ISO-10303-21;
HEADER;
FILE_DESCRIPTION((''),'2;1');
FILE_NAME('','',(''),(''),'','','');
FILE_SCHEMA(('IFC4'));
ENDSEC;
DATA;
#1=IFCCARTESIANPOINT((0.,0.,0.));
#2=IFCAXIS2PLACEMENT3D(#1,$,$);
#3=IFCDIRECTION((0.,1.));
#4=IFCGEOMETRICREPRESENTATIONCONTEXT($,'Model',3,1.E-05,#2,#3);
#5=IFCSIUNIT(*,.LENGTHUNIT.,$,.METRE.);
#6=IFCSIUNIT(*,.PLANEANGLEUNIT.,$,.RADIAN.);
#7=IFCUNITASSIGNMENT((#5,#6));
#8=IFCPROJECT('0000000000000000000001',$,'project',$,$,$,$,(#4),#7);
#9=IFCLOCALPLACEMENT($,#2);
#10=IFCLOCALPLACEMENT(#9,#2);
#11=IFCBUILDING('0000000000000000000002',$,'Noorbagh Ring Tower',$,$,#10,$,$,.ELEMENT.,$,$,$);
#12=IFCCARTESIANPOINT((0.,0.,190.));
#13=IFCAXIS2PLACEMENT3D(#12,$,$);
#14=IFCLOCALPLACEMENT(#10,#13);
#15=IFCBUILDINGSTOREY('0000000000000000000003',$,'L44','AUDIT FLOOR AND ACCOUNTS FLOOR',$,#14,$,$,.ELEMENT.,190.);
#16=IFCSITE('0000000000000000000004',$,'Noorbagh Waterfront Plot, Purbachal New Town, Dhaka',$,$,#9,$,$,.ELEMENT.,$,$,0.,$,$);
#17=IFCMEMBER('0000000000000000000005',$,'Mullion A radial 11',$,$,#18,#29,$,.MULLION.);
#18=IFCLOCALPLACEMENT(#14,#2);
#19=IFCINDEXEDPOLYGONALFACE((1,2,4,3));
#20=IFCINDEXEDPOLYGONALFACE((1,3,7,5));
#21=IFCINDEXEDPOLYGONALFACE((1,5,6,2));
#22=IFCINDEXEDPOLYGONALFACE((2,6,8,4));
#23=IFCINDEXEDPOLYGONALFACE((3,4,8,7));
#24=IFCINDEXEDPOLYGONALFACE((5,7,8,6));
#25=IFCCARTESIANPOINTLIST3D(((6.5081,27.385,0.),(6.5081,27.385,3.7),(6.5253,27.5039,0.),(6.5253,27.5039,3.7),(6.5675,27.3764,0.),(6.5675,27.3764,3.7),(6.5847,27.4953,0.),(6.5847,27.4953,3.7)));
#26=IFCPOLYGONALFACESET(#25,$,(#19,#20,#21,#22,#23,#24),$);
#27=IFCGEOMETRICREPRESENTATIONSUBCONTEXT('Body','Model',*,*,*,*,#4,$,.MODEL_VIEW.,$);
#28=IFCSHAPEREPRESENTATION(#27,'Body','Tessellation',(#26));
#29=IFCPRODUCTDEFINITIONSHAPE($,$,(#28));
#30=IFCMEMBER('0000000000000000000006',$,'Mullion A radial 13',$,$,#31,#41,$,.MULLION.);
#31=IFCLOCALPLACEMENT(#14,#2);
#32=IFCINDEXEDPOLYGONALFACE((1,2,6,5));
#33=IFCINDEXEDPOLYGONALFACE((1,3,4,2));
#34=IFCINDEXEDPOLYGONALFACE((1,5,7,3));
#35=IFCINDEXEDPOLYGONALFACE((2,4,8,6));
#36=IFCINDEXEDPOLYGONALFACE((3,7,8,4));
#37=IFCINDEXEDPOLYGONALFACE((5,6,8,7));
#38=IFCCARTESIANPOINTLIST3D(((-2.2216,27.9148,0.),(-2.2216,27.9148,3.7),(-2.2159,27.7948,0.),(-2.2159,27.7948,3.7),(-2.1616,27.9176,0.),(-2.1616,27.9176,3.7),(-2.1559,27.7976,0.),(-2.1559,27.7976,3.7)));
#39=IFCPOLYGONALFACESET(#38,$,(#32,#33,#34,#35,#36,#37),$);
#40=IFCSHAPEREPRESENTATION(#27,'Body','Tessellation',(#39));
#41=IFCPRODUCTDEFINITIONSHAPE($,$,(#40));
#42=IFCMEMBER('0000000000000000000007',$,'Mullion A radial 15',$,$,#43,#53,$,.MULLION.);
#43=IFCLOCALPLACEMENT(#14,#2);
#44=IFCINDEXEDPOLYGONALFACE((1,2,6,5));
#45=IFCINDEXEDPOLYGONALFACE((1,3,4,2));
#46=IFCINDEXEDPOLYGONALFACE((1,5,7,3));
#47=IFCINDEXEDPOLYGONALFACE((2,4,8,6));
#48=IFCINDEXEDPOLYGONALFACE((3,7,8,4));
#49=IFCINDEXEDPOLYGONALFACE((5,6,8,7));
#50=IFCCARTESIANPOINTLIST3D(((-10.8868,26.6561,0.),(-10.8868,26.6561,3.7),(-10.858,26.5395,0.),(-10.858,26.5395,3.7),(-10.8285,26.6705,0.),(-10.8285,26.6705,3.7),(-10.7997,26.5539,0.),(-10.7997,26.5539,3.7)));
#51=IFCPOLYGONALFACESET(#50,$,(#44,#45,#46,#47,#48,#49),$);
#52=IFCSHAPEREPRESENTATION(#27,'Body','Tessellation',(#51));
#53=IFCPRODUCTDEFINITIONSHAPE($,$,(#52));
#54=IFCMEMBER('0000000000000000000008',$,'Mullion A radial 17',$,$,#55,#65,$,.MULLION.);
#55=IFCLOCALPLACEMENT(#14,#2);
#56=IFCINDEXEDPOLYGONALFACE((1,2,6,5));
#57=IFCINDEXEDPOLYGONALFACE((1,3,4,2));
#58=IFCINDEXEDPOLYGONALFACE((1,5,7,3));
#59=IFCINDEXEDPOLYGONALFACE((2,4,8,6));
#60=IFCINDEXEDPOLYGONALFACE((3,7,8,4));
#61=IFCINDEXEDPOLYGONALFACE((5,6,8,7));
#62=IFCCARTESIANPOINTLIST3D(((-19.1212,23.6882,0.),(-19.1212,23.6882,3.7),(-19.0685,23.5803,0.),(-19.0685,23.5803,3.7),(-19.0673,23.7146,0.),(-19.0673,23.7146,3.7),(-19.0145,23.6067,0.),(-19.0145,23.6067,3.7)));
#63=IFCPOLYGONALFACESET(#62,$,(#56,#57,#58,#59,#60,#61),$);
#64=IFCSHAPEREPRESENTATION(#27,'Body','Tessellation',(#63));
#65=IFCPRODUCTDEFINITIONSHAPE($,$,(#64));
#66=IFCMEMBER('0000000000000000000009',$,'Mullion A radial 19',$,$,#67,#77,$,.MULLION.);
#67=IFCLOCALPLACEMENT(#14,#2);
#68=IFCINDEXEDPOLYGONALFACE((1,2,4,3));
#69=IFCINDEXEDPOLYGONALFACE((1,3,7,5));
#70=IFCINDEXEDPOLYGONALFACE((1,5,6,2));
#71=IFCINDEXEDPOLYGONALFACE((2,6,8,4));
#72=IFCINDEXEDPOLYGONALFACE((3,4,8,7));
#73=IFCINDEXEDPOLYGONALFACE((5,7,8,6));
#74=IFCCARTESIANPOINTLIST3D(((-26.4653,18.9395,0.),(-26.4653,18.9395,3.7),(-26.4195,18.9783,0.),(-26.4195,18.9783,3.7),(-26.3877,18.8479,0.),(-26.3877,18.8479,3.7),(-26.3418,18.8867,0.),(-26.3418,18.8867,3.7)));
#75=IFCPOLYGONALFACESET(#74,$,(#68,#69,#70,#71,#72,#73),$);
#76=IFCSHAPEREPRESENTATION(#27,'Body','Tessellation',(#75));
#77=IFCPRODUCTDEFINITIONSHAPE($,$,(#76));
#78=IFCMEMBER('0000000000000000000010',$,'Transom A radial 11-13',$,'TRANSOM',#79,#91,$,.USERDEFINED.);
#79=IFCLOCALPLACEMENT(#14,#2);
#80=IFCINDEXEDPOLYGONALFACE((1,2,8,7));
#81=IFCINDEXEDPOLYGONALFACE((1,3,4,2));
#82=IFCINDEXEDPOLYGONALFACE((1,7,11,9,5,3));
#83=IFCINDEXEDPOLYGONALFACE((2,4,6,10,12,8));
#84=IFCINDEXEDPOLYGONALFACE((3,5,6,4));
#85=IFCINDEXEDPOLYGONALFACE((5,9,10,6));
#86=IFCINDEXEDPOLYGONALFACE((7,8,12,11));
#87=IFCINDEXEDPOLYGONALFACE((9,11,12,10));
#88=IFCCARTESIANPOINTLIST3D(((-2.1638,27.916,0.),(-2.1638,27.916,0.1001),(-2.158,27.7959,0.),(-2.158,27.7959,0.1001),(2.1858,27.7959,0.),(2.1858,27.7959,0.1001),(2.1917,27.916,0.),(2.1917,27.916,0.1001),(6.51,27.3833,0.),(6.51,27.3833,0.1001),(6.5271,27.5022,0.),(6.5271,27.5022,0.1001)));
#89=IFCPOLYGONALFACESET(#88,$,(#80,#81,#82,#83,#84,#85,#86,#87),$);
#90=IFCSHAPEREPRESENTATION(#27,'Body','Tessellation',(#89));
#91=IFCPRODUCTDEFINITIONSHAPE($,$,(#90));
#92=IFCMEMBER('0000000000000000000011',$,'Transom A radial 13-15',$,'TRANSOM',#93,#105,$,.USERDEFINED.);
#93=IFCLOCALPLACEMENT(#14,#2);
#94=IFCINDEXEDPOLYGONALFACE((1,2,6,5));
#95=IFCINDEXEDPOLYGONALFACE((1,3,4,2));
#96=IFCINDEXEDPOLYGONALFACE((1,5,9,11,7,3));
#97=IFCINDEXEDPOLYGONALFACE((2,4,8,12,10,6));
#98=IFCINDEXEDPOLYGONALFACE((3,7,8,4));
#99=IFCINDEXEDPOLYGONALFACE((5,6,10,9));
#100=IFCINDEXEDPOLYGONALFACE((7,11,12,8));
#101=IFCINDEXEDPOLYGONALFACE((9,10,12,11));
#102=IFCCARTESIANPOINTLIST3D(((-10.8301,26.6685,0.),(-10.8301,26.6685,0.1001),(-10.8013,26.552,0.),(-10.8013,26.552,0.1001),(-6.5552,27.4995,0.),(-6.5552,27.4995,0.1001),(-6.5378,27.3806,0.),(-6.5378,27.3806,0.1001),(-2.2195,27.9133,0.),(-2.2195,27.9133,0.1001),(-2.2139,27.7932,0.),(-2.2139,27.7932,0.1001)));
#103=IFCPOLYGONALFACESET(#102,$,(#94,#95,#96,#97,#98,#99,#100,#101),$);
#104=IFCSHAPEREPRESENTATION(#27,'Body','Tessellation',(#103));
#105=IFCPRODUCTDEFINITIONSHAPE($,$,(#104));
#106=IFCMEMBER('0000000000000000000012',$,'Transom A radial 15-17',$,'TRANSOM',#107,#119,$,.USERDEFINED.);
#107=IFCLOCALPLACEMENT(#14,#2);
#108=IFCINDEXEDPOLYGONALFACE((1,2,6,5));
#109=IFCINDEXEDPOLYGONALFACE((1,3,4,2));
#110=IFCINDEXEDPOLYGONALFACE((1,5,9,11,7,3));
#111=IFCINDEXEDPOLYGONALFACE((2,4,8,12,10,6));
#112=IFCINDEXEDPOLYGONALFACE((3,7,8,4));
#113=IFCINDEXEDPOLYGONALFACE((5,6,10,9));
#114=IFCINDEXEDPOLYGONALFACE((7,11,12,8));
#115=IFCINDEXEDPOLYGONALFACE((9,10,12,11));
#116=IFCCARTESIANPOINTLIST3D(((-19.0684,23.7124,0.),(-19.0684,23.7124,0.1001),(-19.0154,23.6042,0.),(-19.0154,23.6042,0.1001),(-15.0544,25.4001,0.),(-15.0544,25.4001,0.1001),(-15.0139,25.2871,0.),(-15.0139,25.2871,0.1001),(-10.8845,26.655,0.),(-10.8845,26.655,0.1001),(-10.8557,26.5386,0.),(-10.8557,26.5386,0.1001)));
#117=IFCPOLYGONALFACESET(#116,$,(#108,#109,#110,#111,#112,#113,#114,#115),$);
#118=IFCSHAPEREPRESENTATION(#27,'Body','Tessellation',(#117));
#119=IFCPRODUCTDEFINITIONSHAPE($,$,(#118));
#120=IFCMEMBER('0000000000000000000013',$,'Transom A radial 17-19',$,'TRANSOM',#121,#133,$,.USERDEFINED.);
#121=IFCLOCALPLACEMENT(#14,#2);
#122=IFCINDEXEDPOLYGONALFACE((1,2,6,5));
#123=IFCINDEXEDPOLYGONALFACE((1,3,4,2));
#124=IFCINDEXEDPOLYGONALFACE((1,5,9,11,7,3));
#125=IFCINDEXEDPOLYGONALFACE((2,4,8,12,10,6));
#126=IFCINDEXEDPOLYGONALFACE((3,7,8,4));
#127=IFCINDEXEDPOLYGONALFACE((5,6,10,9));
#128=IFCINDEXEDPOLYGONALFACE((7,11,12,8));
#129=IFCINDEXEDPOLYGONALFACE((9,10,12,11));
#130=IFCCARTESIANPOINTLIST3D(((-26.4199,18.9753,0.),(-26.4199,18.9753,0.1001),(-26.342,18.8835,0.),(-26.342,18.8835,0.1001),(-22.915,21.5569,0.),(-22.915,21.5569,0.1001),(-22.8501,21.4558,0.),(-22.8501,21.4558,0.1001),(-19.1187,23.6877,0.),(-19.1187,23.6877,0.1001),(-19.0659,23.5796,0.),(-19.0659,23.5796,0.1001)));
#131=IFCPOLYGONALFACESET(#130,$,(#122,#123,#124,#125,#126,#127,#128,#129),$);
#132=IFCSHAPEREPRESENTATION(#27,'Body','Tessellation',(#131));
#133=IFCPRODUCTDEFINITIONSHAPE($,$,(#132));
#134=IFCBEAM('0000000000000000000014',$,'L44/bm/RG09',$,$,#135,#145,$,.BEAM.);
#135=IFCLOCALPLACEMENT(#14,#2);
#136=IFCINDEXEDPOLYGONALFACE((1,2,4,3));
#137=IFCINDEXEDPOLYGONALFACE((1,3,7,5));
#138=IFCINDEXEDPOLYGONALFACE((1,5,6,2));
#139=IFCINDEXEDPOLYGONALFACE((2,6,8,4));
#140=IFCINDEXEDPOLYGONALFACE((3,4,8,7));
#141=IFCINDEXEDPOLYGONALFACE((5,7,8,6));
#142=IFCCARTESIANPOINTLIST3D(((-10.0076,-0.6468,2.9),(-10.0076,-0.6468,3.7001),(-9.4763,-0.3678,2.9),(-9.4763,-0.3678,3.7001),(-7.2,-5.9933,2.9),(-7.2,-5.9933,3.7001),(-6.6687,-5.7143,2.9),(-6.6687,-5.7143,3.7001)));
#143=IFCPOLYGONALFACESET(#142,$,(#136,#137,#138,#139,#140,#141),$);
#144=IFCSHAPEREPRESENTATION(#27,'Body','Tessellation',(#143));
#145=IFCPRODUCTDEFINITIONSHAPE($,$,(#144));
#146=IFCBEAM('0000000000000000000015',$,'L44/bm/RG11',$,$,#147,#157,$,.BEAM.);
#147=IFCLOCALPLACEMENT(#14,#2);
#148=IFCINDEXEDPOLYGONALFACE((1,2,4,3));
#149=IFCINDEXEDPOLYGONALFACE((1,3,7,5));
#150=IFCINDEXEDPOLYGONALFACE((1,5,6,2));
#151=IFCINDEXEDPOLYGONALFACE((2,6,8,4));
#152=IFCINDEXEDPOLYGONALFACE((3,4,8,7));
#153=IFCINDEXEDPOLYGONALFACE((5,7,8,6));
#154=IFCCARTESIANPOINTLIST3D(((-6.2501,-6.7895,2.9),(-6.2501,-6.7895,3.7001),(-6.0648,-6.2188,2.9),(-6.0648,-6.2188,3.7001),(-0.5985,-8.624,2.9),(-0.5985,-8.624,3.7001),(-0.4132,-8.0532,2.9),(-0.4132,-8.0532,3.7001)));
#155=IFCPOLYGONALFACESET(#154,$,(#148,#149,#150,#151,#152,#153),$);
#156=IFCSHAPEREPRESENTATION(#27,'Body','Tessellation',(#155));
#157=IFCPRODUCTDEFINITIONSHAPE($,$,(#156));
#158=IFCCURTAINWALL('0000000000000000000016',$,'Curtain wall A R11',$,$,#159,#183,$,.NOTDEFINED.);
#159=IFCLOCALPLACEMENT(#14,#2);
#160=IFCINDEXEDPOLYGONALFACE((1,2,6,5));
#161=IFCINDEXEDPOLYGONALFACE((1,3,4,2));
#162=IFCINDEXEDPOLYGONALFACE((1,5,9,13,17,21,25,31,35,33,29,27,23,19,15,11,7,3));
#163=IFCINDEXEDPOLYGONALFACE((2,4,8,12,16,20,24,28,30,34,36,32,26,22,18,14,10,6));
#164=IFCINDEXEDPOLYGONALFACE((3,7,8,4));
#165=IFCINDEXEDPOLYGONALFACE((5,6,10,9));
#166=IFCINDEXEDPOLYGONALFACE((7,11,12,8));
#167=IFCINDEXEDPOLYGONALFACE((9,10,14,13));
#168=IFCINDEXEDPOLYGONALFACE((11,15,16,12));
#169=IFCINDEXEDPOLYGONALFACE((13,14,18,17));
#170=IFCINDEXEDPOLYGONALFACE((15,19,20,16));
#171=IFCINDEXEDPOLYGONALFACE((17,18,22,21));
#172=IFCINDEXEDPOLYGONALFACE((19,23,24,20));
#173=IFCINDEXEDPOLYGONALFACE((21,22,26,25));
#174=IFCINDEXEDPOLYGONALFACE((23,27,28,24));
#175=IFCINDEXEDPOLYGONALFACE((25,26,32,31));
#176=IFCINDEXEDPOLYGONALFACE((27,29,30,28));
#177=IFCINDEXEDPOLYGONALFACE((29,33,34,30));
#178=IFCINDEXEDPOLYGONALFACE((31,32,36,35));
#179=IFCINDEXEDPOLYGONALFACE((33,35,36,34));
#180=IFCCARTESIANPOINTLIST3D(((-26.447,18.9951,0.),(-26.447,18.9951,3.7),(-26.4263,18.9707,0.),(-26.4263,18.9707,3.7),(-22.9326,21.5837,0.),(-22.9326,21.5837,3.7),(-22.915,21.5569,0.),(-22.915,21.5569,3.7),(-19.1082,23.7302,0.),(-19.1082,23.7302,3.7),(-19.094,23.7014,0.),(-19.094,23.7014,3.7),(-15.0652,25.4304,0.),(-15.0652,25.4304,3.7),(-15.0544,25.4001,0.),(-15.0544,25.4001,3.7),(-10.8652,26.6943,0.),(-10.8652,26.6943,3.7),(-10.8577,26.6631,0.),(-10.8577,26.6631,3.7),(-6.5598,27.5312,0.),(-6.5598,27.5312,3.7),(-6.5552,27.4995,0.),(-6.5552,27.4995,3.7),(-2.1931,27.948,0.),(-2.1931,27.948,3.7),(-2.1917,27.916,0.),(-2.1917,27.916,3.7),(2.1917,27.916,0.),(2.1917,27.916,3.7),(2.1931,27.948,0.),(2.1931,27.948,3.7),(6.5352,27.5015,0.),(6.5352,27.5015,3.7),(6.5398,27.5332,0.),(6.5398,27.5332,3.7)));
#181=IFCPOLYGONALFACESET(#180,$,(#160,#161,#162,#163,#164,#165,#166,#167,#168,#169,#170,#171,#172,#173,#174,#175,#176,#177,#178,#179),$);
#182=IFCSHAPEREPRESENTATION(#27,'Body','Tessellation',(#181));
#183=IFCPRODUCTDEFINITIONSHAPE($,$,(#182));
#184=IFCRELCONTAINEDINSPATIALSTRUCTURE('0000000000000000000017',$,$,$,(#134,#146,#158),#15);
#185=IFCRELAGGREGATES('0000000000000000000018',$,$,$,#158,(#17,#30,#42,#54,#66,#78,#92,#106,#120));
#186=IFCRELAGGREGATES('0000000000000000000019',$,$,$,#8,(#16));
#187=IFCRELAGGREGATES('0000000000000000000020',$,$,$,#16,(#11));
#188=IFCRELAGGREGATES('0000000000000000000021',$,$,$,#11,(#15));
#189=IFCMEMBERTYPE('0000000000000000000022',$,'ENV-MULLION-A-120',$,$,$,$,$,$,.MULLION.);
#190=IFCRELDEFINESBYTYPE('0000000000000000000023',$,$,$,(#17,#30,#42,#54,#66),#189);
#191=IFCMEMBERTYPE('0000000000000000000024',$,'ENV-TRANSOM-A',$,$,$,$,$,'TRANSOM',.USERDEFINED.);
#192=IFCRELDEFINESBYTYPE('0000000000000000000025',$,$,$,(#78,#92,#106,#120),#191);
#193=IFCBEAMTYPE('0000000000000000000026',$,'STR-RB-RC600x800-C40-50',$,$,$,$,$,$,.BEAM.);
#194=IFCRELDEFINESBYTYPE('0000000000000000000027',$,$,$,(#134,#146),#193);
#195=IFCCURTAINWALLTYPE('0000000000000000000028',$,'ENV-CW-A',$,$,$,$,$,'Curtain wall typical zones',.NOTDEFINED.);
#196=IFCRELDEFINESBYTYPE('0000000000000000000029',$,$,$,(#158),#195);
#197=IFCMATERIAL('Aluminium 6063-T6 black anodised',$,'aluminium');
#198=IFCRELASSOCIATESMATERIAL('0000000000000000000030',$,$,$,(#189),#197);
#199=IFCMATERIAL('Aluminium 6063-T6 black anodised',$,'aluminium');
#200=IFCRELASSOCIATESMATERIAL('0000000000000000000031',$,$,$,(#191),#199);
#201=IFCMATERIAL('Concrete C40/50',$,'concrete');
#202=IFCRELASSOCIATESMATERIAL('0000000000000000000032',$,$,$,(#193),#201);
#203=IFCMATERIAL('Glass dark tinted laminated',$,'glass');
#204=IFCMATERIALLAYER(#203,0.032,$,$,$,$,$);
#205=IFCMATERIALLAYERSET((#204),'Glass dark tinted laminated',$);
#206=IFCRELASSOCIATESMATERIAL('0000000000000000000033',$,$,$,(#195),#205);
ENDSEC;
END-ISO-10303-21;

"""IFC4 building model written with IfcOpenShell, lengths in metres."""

from ifc_helpers import new_model, si_unit, direction, frame, origin, origin_2d, place, context, subcontext, project, spatial, polyline, rectangle, outline, extrude, material, layer, layer_set, material_profile, profile_set, type_object, element, aggregate, save


model = new_model("IFC4")

# Units and contexts
model_context = context("Model", 3, precision=1e-05, world=origin(), true_north=direction((0.0, 1.0)))
body_context = subcontext(model_context, "Body", "Model", "MODEL_VIEW")
ifc_project = project(units=[si_unit("LENGTHUNIT", "METRE"), si_unit("PLANEANGLEUNIT", "RADIAN")], contexts=[model_context])

# Site, building, storey
site_placement = place(None, origin())
site = spatial("IfcSite", under=ifc_project, at=site_placement, Name="Noorbagh Waterfront Plot, Purbachal New Town, Dhaka", CompositionType="ELEMENT", RefElevation=0.0)
building_placement = place(site_placement, origin())
building = spatial("IfcBuilding", under=site, at=building_placement, Name="Noorbagh Ring Tower", CompositionType="ELEMENT")
storey_placement = place(building_placement, frame((0.0, 0.0, 190.0)))
storey = spatial("IfcBuildingStorey", under=building, at=storey_placement, Name="L44", Description="AUDIT FLOOR AND ACCOUNTS FLOOR", CompositionType="ELEMENT", Elevation=190.0)

# Members
ifc_material_1 = material(Name="Aluminium 6063-T6 black anodised", Category="aluminium")
ifc_material_profile_1 = material_profile(ifc_material_1, rectangle(XDim=0.1201, YDim=0.0601, at=origin_2d()), Name="120x60")
ifc_profile_set_1 = profile_set([ifc_material_profile_1], Name="Aluminium 6063-T6 black anodised")
member_type_1 = type_object("IfcMemberType", Name="ENV-MULLION-A-120", PredefinedType="MULLION", material=ifc_profile_set_1)
member_1_placement = place(storey_placement, frame((6.5464, 27.4402, 0.0), z_axis=(0.0, 0.0, 1.0), x_axis=(-0.143082, -0.989711, 0.0)))
member_1 = element("IfcMember", 1, at=member_1_placement, type_object=member_type_1, Name="Mullion A radial 11", PredefinedType="MULLION", context=body_context, shape_type="SweptSolid", body=[
    extrude(rectangle(XDim=0.1201, YDim=0.0601, at=origin_2d()), origin(), (0.0, 0.0, 1.0), 3.7),
])
member_2_placement = place(storey_placement, frame((-2.1887, 27.8562, 0.0), z_axis=(0.0, 0.0, 1.0), x_axis=(0.047558, -0.998868, 0.0)))
member_2 = element("IfcMember", 2, at=member_2_placement, type_object=member_type_1, Name="Mullion A radial 13", PredefinedType="MULLION", context=body_context, shape_type="SweptSolid", body=[
    extrude(rectangle(XDim=0.1201, YDim=0.0601, at=origin_2d()), origin(), (0.0, 0.0, 1.0), 3.7),
])
member_3_placement = place(storey_placement, frame((-10.8433, 26.605, 0.0), z_axis=(0.0, 0.0, 1.0), x_axis=(0.239799, -0.970823, 0.0)))
member_3 = element("IfcMember", 3, at=member_3_placement, type_object=member_type_1, Name="Mullion A radial 15", PredefinedType="MULLION", context=body_context, shape_type="SweptSolid", body=[
    extrude(rectangle(XDim=0.1201, YDim=0.0601, at=origin_2d()), origin(), (0.0, 0.0, 1.0), 3.7),
])
member_4_placement = place(storey_placement, frame((-19.0679, 23.6475, 0.0), z_axis=(0.0, 0.0, 1.0), x_axis=(0.439238, -0.898371, 0.0)))
member_4 = element("IfcMember", 4, at=member_4_placement, type_object=member_type_1, Name="Mullion A radial 17", PredefinedType="MULLION", context=body_context, shape_type="SweptSolid", body=[
    extrude(rectangle(XDim=0.1201, YDim=0.0601, at=origin_2d()), origin(), (0.0, 0.0, 1.0), 3.7),
])
member_5_placement = place(storey_placement, frame((-26.4036, 18.9131, 0.0), z_axis=(0.0, 0.0, 1.0), x_axis=(0.646451, -0.762955, 0.0)))
member_5 = element("IfcMember", 5, at=member_5_placement, type_object=member_type_1, Name="Mullion A radial 19", PredefinedType="MULLION", context=body_context, shape_type="SweptSolid", body=[
    extrude(rectangle(XDim=0.1201, YDim=0.0601, at=origin_2d()), origin(), (0.0, 0.0, 1.0), 3.7),
])
ifc_material_2 = material(Name="Aluminium 6063-T6 black anodised", Category="aluminium")
member_type_2 = type_object("IfcMemberType", Name="ENV-TRANSOM-A", ElementType="TRANSOM", PredefinedType="USERDEFINED", material=ifc_material_2)
member_6_placement = place(storey_placement, origin())
member_6 = element("IfcMember", 6, at=member_6_placement, type_object=member_type_2, Name="Transom A radial 11-13", ObjectType="TRANSOM", PredefinedType="USERDEFINED", context=body_context, shape_type="SweptSolid", body=[
    extrude(outline(polyline([(6.5271, 27.5022), (2.1917, 27.916), (-2.1638, 27.916), (-2.158, 27.7959), (2.1858, 27.7959), (6.51, 27.3833), (6.5271, 27.5022)])), origin(), (0.0, 0.0, 1.0), 0.1001),
])
member_7_placement = place(storey_placement, origin())
member_7 = element("IfcMember", 7, at=member_7_placement, type_object=member_type_2, Name="Transom A radial 13-15", ObjectType="TRANSOM", PredefinedType="USERDEFINED", context=body_context, shape_type="SweptSolid", body=[
    extrude(outline(polyline([(-2.2195, 27.9133), (-6.5552, 27.4995), (-10.8301, 26.6685), (-10.8013, 26.552), (-6.5378, 27.3806), (-2.2139, 27.7932), (-2.2195, 27.9133)])), origin(), (0.0, 0.0, 1.0), 0.1001),
])
member_8_placement = place(storey_placement, origin())
member_8 = element("IfcMember", 8, at=member_8_placement, type_object=member_type_2, Name="Transom A radial 15-17", ObjectType="TRANSOM", PredefinedType="USERDEFINED", context=body_context, shape_type="SweptSolid", body=[
    extrude(outline(polyline([(-10.8845, 26.655), (-15.0544, 25.4001), (-19.0684, 23.7124), (-19.0154, 23.6042), (-15.0139, 25.2871), (-10.8557, 26.5386), (-10.8845, 26.655)])), origin(), (0.0, 0.0, 1.0), 0.1001),
])
member_9_placement = place(storey_placement, origin())
member_9 = element("IfcMember", 9, at=member_9_placement, type_object=member_type_2, Name="Transom A radial 17-19", ObjectType="TRANSOM", PredefinedType="USERDEFINED", context=body_context, shape_type="SweptSolid", body=[
    extrude(outline(polyline([(-19.1187, 23.6877), (-22.915, 21.5569), (-26.4199, 18.9753), (-26.342, 18.8835), (-22.8501, 21.4558), (-19.0659, 23.5796), (-19.1187, 23.6877)])), origin(), (0.0, 0.0, 1.0), 0.1001),
])

# Beams
ifc_material_3 = material(Name="Concrete C40/50", Category="concrete")
ifc_material_profile_2 = material_profile(ifc_material_3, rectangle(XDim=0.6001, YDim=0.8, at=origin_2d()), Name="RC600x800")
ifc_profile_set_2 = profile_set([ifc_material_profile_2], Name="Concrete C40/50")
beam_type = type_object("IfcBeamType", Name="STR-RB-RC600x800-C40-50", PredefinedType="BEAM", material=ifc_profile_set_2)
beam_1_placement = place(storey_placement, frame((-9.7419, -0.5073, 3.3), z_axis=(0.46493, -0.885348, 0.0), x_axis=(0.885348, 0.46493, 0.0)))
element("IfcBeam", 10, at=beam_1_placement, inside=storey, type_object=beam_type, Name="L44/bm/RG09", PredefinedType="BEAM", context=body_context, shape_type="SweptSolid", body=[
    extrude(rectangle(XDim=0.6001, YDim=0.8, at=origin_2d()), origin(), (0.0, 0.0, 1.0), 6.0388),
])
beam_2_placement = place(storey_placement, frame((-6.1575, -6.5042, 3.3), z_axis=(0.951148, -0.308736, 0.0), x_axis=(0.308736, 0.951148, 0.0)))
element("IfcBeam", 11, at=beam_2_placement, inside=storey, type_object=beam_type, Name="L44/bm/RG11", PredefinedType="BEAM", context=body_context, shape_type="SweptSolid", body=[
    extrude(rectangle(XDim=0.6001, YDim=0.8, at=origin_2d()), origin(), (0.0, 0.0, 1.0), 5.9419),
])

# Curtain wall
ifc_material_4 = material(Name="Glass dark tinted laminated", Category="glass")
ifc_layer_1 = layer(ifc_material_4, 0.032)
ifc_layer_set_1 = layer_set([ifc_layer_1], Name="Glass dark tinted laminated")
curtain_wall_type = type_object("IfcCurtainWallType", Name="ENV-CW-A", ElementType="Curtain wall typical zones", PredefinedType="NOTDEFINED", material=ifc_layer_set_1)
curtain_wall_placement = place(storey_placement, origin())
curtain_wall = element("IfcCurtainWall", 12, at=curtain_wall_placement, inside=storey, type_object=curtain_wall_type, Name="Curtain wall A R11", PredefinedType="NOTDEFINED", context=body_context, shape_type="SweptSolid", body=[
    extrude(outline(polyline([(6.5398, 27.5332), (2.1931, 27.948), (-2.1931, 27.948), (-6.5598, 27.5312), (-10.8652, 26.6943), (-15.0652, 25.4304), (-19.1082, 23.7302), (-22.9326, 21.5837), (-26.447, 18.9951), (-26.4263, 18.9707), (-22.915, 21.5569), (-19.094, 23.7014), (-15.0544, 25.4001), (-10.8577, 26.6631), (-6.5552, 27.4995), (-2.1917, 27.916), (2.1917, 27.916), (6.5352, 27.5015), (6.5398, 27.5332)])), origin(), (0.0, 0.0, 1.0), 3.7),
])
aggregate(curtain_wall, [member_1, member_2, member_3, member_4, member_5, member_6, member_7, member_8, member_9])

save(model, "model.ifc")
